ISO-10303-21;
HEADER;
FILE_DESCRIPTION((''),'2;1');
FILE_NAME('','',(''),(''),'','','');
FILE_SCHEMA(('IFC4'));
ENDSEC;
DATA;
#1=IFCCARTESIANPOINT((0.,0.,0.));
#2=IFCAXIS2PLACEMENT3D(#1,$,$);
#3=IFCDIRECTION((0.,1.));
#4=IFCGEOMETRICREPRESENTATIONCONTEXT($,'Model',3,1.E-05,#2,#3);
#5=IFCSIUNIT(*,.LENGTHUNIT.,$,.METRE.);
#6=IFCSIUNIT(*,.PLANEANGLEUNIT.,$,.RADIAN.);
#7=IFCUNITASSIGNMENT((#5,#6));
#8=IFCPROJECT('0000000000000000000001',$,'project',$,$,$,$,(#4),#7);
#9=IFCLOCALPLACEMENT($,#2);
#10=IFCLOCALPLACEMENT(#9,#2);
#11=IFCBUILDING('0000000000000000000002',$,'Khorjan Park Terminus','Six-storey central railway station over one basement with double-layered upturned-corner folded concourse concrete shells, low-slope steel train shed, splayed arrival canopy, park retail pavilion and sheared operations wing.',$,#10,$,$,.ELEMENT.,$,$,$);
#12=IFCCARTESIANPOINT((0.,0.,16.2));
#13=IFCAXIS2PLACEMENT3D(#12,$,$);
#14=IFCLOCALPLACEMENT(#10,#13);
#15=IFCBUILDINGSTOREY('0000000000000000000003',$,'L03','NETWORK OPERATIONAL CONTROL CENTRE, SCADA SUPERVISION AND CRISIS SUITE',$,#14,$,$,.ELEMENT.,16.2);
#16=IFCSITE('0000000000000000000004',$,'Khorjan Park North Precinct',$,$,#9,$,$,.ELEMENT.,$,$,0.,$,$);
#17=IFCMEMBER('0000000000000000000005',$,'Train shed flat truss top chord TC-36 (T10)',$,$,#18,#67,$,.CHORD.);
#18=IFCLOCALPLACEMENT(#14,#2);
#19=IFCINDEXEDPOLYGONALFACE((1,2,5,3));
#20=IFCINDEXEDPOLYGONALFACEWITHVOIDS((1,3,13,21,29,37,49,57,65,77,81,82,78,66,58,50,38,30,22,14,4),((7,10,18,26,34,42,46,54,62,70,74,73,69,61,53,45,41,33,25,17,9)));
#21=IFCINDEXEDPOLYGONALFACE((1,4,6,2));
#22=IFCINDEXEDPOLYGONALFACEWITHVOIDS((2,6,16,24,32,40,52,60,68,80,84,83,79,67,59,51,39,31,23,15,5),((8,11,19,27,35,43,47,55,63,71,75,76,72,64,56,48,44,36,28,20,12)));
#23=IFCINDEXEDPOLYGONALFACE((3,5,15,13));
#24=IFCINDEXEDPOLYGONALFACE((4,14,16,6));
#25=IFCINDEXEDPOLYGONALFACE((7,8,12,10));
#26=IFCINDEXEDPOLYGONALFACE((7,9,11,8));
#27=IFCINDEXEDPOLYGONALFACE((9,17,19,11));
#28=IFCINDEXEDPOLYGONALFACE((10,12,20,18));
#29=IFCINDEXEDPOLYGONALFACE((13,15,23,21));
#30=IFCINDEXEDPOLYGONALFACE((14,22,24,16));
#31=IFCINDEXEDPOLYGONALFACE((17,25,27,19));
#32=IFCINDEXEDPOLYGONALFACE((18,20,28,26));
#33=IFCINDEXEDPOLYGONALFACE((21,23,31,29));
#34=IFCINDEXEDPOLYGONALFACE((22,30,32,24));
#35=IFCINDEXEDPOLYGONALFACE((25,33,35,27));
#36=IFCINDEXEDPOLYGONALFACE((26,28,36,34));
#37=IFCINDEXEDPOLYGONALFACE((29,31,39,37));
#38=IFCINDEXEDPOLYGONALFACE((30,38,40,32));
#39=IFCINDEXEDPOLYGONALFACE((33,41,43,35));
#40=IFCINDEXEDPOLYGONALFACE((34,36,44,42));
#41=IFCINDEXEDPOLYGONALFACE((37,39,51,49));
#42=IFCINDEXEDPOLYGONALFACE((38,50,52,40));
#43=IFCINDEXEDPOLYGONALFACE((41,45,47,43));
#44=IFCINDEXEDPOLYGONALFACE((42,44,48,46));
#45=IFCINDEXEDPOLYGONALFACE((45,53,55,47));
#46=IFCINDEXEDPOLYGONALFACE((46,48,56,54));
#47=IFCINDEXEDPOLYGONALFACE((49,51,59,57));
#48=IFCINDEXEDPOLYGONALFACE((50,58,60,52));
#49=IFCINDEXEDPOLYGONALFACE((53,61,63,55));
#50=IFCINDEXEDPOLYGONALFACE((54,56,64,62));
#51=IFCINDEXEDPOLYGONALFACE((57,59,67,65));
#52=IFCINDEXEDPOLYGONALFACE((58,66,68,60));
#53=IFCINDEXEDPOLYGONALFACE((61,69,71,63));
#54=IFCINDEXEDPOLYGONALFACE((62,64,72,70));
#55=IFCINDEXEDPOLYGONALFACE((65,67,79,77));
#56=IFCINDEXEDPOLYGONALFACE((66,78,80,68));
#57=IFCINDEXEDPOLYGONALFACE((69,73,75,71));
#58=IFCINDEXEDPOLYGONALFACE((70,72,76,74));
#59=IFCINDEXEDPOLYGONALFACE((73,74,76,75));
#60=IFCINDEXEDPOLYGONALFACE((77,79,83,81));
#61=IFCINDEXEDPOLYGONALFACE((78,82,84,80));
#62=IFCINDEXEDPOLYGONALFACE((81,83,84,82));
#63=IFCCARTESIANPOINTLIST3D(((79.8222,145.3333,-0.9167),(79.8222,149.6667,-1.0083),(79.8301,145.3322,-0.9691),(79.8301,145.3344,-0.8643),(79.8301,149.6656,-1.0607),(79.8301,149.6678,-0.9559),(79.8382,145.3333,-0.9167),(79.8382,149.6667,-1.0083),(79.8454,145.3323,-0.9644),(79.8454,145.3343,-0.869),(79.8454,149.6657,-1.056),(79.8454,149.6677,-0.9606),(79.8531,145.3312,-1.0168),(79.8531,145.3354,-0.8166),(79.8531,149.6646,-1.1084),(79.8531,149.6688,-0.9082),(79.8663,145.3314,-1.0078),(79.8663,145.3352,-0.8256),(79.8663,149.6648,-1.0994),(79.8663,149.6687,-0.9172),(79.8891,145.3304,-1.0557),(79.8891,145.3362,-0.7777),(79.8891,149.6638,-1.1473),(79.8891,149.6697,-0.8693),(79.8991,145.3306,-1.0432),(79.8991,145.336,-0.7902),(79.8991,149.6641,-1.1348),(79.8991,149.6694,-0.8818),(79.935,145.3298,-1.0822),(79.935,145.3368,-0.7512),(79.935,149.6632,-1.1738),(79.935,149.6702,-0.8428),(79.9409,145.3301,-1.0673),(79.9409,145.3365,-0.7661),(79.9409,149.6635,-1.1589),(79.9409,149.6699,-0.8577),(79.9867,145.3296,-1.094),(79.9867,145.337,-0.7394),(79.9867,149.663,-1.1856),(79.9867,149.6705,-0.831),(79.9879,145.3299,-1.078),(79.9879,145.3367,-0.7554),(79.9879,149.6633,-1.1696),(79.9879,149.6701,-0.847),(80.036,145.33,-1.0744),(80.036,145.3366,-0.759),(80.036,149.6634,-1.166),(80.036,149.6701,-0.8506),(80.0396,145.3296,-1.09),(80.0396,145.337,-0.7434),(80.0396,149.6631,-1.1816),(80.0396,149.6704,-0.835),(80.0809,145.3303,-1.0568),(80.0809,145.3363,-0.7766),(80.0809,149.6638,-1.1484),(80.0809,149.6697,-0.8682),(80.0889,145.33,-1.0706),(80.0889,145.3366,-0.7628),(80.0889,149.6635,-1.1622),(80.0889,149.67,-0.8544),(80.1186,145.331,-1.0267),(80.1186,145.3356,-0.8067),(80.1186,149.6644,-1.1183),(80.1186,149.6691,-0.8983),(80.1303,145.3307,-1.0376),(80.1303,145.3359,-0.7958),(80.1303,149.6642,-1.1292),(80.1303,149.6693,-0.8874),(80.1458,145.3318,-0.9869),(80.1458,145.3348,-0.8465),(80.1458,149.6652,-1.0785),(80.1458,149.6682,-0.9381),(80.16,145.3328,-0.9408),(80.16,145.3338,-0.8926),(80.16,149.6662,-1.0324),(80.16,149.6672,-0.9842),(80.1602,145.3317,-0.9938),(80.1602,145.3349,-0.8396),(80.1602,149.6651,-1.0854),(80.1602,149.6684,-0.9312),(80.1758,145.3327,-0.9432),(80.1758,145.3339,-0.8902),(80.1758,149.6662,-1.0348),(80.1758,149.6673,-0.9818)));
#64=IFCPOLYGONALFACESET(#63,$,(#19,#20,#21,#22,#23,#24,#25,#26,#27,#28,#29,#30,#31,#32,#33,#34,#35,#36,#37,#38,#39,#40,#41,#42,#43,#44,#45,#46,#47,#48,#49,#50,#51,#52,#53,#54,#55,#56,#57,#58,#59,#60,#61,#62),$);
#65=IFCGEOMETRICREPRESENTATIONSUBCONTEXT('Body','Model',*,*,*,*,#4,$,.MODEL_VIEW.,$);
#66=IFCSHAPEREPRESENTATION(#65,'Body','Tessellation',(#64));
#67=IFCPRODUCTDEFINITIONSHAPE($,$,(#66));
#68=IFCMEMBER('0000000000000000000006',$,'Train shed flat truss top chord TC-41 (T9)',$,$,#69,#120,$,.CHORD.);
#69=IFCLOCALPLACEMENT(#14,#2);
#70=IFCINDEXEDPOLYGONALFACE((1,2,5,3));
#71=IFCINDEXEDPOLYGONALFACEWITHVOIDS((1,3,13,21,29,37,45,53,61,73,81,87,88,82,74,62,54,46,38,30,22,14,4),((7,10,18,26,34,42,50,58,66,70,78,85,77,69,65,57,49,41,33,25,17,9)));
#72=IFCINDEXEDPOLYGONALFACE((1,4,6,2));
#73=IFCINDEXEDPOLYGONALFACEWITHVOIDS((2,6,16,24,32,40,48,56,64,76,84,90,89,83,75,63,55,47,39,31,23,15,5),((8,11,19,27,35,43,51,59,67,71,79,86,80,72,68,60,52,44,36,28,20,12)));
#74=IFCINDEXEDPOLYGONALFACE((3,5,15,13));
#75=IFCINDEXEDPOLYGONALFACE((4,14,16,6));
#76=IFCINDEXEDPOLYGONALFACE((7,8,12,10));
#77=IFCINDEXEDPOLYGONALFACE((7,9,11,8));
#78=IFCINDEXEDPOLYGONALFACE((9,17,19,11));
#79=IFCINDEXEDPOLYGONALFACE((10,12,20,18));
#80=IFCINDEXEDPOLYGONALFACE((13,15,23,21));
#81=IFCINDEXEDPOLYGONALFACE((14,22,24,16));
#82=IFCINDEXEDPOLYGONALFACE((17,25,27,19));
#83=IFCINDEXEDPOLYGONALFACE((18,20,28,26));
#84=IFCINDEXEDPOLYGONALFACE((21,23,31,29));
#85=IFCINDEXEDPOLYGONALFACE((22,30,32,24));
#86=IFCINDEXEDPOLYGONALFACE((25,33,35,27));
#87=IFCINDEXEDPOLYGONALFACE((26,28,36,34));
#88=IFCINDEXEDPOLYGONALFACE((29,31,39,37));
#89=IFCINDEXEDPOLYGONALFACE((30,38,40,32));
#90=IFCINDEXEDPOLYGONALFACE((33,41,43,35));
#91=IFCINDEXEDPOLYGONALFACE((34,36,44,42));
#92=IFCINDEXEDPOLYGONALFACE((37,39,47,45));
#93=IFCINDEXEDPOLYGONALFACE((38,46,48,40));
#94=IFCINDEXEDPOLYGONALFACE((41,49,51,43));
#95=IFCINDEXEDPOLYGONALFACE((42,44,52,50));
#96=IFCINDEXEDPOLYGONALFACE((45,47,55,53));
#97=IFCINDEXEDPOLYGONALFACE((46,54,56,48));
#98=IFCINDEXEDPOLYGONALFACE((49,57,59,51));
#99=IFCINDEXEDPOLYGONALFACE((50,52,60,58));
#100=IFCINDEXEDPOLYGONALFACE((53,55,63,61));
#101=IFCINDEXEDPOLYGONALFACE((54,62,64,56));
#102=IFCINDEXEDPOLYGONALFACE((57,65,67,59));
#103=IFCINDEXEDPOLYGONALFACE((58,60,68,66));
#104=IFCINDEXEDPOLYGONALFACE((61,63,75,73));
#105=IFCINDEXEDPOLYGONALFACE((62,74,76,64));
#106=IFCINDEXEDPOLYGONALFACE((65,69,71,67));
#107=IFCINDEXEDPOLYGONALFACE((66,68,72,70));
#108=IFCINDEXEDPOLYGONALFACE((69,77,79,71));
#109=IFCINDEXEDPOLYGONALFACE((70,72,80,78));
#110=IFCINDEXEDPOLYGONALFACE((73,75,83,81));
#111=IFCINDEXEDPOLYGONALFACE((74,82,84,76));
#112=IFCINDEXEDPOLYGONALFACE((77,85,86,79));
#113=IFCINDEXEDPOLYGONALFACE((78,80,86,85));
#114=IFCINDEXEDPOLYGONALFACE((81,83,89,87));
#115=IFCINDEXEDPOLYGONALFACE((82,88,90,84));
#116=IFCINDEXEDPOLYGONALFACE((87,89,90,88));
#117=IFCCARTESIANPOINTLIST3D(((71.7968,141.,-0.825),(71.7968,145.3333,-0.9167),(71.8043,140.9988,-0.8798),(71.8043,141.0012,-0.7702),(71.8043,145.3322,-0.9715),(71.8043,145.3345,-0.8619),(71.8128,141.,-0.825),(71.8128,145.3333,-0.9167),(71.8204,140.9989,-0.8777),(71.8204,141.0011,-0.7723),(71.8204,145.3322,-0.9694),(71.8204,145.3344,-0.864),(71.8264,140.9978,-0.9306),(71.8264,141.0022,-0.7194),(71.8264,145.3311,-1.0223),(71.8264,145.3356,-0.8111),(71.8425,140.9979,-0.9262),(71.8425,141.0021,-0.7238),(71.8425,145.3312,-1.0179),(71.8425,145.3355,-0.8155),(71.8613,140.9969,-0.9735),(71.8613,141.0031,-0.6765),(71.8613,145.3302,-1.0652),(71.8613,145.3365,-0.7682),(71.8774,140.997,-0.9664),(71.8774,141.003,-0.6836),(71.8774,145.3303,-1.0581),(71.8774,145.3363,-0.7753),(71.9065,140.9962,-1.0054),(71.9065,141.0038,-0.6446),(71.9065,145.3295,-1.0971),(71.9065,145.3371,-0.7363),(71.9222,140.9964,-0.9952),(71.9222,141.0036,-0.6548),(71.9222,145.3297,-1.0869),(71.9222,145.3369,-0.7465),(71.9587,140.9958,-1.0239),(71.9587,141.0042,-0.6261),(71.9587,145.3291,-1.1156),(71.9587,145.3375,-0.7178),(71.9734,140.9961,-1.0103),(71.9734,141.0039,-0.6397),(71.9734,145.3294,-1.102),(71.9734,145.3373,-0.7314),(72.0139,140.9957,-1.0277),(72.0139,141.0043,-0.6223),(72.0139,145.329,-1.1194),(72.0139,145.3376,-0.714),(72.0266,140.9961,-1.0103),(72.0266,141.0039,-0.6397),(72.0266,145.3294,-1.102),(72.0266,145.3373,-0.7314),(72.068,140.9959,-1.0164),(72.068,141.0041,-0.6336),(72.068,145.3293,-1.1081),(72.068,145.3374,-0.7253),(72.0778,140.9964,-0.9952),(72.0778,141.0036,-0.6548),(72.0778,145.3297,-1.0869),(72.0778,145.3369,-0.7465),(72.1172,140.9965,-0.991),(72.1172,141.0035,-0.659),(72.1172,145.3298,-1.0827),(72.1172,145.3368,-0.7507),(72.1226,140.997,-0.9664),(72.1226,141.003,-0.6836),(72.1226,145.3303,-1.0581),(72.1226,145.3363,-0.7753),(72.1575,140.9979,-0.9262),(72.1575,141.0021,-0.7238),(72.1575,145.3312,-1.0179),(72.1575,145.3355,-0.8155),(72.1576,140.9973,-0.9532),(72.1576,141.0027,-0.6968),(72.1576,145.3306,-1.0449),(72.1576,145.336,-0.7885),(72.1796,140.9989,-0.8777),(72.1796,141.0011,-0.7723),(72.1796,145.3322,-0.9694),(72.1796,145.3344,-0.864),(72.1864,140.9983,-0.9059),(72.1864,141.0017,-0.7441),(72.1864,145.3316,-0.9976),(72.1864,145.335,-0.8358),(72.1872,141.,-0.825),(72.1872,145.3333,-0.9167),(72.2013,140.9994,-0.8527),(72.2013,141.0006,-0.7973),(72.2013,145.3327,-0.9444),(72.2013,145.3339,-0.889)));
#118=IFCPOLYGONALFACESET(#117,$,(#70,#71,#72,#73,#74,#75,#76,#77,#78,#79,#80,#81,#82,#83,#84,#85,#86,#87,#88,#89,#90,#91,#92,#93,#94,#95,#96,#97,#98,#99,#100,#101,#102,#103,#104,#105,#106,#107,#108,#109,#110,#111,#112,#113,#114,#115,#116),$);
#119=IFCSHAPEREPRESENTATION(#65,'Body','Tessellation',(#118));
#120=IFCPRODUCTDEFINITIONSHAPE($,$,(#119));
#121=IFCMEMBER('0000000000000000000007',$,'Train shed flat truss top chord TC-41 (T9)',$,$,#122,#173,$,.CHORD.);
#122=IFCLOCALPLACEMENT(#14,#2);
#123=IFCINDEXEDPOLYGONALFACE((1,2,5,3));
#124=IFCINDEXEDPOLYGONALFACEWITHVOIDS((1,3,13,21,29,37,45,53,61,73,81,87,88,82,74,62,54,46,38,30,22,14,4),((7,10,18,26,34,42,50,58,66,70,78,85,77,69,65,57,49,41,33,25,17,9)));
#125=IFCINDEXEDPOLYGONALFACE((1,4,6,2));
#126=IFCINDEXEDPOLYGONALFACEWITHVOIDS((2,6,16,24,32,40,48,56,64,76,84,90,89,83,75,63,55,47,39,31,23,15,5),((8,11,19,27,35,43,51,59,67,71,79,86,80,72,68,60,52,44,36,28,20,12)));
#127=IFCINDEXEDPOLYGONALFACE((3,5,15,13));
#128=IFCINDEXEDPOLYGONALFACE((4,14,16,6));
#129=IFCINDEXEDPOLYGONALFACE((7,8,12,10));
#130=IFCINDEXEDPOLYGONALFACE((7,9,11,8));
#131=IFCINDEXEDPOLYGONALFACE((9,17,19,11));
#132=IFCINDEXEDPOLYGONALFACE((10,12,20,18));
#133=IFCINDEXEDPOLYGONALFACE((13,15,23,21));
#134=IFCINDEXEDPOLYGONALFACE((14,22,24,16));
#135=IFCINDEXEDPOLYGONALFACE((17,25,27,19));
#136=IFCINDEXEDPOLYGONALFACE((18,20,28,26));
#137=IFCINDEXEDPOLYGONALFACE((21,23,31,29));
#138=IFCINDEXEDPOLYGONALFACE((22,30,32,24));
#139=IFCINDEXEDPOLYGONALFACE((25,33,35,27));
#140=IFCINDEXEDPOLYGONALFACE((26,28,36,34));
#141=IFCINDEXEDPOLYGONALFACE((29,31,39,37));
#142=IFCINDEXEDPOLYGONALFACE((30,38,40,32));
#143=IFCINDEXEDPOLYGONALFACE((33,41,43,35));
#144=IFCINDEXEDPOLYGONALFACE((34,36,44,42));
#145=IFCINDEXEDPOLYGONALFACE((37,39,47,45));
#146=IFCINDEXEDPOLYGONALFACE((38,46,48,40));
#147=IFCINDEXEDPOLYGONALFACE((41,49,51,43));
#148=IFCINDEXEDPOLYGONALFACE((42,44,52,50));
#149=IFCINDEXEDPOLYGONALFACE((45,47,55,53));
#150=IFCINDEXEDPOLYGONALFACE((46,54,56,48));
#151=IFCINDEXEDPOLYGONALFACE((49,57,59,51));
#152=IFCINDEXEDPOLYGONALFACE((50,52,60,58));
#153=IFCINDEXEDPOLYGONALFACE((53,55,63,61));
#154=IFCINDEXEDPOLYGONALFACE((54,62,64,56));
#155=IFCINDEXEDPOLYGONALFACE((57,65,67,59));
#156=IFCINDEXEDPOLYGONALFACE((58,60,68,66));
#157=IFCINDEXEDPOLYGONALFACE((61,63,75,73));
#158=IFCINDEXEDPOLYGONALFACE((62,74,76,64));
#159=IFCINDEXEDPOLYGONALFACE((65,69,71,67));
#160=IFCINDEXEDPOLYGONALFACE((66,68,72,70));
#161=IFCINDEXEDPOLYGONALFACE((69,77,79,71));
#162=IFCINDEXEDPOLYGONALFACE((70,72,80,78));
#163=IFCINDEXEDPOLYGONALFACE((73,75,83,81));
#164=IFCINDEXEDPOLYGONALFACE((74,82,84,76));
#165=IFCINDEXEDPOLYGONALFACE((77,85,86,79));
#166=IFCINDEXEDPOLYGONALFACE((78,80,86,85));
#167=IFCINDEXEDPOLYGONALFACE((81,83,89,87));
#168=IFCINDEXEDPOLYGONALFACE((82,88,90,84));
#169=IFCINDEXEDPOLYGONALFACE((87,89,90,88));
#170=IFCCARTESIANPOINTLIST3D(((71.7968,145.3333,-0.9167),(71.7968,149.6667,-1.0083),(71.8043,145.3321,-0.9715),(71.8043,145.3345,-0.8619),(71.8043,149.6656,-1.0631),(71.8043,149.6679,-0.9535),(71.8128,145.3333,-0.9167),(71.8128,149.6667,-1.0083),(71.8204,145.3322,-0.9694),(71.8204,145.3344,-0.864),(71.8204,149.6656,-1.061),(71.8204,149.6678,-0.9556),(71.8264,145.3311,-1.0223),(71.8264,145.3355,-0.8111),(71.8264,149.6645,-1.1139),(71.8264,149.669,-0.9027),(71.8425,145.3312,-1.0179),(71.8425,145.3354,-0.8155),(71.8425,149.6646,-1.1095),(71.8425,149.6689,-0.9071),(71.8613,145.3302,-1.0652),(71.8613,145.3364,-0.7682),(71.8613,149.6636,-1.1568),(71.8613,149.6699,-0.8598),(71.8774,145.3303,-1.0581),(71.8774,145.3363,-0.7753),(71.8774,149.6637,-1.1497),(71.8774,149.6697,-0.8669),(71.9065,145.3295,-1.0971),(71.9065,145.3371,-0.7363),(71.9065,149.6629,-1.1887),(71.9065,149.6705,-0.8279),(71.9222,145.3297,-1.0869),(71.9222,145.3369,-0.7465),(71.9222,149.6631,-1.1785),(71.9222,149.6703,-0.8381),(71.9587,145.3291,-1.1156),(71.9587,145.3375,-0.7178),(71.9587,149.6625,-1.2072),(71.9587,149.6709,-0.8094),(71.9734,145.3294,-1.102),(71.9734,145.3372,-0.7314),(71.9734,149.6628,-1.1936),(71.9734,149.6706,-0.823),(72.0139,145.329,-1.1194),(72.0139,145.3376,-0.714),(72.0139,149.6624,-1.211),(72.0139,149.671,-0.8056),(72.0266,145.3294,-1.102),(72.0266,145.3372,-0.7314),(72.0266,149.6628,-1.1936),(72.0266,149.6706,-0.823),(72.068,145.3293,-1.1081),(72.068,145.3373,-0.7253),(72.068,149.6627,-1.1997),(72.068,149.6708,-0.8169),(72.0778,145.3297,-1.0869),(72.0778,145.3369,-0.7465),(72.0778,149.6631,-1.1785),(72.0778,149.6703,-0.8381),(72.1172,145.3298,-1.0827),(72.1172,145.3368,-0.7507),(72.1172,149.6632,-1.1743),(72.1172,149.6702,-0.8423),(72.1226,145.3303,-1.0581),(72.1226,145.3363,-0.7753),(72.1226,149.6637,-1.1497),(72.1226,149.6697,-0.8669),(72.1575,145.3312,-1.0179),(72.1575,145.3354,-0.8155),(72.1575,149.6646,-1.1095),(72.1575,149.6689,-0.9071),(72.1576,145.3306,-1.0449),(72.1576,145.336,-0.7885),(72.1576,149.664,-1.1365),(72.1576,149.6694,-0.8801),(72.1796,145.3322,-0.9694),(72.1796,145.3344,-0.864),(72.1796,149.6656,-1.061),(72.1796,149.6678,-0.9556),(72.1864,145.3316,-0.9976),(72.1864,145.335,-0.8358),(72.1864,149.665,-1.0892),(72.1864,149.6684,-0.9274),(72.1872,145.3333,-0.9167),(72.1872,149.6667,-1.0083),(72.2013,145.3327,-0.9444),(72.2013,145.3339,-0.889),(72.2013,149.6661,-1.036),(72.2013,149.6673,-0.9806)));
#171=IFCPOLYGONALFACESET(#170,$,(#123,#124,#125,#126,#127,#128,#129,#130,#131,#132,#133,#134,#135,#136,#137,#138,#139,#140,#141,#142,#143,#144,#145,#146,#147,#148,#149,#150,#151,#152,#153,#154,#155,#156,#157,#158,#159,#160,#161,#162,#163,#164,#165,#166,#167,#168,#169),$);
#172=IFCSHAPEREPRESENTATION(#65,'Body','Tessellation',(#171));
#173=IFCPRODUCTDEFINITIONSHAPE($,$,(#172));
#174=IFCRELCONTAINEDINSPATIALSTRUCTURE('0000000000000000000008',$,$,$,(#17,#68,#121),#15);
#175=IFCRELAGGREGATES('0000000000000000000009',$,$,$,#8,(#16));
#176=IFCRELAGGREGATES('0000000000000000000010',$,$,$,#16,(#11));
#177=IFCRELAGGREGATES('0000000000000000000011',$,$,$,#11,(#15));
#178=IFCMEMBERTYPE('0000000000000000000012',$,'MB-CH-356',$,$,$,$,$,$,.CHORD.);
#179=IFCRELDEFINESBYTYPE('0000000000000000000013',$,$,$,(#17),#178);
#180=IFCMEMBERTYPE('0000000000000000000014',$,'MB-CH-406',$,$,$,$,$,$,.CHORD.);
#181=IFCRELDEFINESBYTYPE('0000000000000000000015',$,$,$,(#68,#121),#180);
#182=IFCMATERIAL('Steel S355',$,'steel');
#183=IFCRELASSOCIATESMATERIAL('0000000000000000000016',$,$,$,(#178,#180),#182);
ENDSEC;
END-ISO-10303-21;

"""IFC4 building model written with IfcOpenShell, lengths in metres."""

from ifc_helpers import new_model, si_unit, direction, frame, origin, origin_2d, place, context, subcontext, project, spatial, hollow_circle, extrude, material, material_profile, profile_set, type_object, element, save


model = new_model("IFC4")

# Units and contexts
model_context = context("Model", 3, precision=1e-05, world=origin(), true_north=direction((0.0, 1.0)))
body_context = subcontext(model_context, "Body", "Model", "MODEL_VIEW")
ifc_project = project(units=[si_unit("LENGTHUNIT", "METRE"), si_unit("PLANEANGLEUNIT", "RADIAN")], contexts=[model_context])

# Site, building, storey
site_placement = place(None, origin())
site = spatial("IfcSite", under=ifc_project, at=site_placement, Name="Khorjan Park North Precinct", CompositionType="ELEMENT", RefElevation=0.0)
building_placement = place(site_placement, origin())
building = spatial("IfcBuilding", under=site, at=building_placement, Name="Khorjan Park Terminus", Description="Six-storey central railway station over one basement with double-layered upturned-corner folded concourse concrete shells, low-slope steel train shed, splayed arrival canopy, park retail pavilion and sheared operations wing.", CompositionType="ELEMENT")
storey_placement = place(building_placement, frame((0.0, 0.0, 16.2)))
storey = spatial("IfcBuildingStorey", under=building, at=storey_placement, Name="L03", Description="NETWORK OPERATIONAL CONTROL CENTRE, SCADA SUPERVISION AND CRISIS SUITE", CompositionType="ELEMENT", Elevation=16.2)

# Members
ifc_material = material(Name="Steel S355", Category="steel")
ifc_material_profile_1 = material_profile(ifc_material, hollow_circle(Radius=0.1778, WallThickness=0.016, at=origin_2d()), Name="CHS 355.6x16")
ifc_profile_set_1 = profile_set([ifc_material_profile_1], Name="Steel S355")
member_type_1 = type_object("IfcMemberType", Name="MB-CH-356", PredefinedType="CHORD", material=ifc_profile_set_1)
member_1_placement = place(storey_placement, frame((80.0, 145.3333, -0.9167), z_axis=(0.0, 0.999777, -0.021133), x_axis=(-1.0, 0.0, 0.0)))
element("IfcMember", 1, at=member_1_placement, inside=storey, type_object=member_type_1, Name="Train shed flat truss top chord TC-36 (T10)", PredefinedType="CHORD", context=body_context, shape_type="SweptSolid", body=[
    extrude(hollow_circle(Radius=0.1778, WallThickness=0.016, at=origin_2d()), origin(), (0.0, 0.0, 1.0), 4.3344),
])
ifc_material_profile_2 = material_profile(ifc_material, hollow_circle(Radius=0.2032, WallThickness=0.016, at=origin_2d()), Name="CHS 406.4x16")
ifc_profile_set_2 = profile_set([ifc_material_profile_2], Name="Steel S355")
member_type_2 = type_object("IfcMemberType", Name="MB-CH-406", PredefinedType="CHORD", material=ifc_profile_set_2)
member_2_placement = place(storey_placement, frame((72.0, 141.0, -0.825), z_axis=(0.0, 0.999776, -0.021157), x_axis=(-1.0, 0.0, 0.0)))
element("IfcMember", 2, at=member_2_placement, inside=storey, type_object=member_type_2, Name="Train shed flat truss top chord TC-41 (T9)", PredefinedType="CHORD", context=body_context, shape_type="SweptSolid", body=[
    extrude(hollow_circle(Radius=0.2032, WallThickness=0.016, at=origin_2d()), origin(), (0.0, 0.0, 1.0), 4.3343),
])
member_3_placement = place(storey_placement, frame((72.0, 145.3333, -0.9167), z_axis=(0.0, 0.999777, -0.021133), x_axis=(-1.0, 0.0, 0.0)))
element("IfcMember", 3, at=member_3_placement, inside=storey, type_object=member_type_2, Name="Train shed flat truss top chord TC-41 (T9)", PredefinedType="CHORD", context=body_context, shape_type="SweptSolid", body=[
    extrude(hollow_circle(Radius=0.2032, WallThickness=0.016, at=origin_2d()), origin(), (0.0, 0.0, 1.0), 4.3344),
])

save(model, "model.ifc")
